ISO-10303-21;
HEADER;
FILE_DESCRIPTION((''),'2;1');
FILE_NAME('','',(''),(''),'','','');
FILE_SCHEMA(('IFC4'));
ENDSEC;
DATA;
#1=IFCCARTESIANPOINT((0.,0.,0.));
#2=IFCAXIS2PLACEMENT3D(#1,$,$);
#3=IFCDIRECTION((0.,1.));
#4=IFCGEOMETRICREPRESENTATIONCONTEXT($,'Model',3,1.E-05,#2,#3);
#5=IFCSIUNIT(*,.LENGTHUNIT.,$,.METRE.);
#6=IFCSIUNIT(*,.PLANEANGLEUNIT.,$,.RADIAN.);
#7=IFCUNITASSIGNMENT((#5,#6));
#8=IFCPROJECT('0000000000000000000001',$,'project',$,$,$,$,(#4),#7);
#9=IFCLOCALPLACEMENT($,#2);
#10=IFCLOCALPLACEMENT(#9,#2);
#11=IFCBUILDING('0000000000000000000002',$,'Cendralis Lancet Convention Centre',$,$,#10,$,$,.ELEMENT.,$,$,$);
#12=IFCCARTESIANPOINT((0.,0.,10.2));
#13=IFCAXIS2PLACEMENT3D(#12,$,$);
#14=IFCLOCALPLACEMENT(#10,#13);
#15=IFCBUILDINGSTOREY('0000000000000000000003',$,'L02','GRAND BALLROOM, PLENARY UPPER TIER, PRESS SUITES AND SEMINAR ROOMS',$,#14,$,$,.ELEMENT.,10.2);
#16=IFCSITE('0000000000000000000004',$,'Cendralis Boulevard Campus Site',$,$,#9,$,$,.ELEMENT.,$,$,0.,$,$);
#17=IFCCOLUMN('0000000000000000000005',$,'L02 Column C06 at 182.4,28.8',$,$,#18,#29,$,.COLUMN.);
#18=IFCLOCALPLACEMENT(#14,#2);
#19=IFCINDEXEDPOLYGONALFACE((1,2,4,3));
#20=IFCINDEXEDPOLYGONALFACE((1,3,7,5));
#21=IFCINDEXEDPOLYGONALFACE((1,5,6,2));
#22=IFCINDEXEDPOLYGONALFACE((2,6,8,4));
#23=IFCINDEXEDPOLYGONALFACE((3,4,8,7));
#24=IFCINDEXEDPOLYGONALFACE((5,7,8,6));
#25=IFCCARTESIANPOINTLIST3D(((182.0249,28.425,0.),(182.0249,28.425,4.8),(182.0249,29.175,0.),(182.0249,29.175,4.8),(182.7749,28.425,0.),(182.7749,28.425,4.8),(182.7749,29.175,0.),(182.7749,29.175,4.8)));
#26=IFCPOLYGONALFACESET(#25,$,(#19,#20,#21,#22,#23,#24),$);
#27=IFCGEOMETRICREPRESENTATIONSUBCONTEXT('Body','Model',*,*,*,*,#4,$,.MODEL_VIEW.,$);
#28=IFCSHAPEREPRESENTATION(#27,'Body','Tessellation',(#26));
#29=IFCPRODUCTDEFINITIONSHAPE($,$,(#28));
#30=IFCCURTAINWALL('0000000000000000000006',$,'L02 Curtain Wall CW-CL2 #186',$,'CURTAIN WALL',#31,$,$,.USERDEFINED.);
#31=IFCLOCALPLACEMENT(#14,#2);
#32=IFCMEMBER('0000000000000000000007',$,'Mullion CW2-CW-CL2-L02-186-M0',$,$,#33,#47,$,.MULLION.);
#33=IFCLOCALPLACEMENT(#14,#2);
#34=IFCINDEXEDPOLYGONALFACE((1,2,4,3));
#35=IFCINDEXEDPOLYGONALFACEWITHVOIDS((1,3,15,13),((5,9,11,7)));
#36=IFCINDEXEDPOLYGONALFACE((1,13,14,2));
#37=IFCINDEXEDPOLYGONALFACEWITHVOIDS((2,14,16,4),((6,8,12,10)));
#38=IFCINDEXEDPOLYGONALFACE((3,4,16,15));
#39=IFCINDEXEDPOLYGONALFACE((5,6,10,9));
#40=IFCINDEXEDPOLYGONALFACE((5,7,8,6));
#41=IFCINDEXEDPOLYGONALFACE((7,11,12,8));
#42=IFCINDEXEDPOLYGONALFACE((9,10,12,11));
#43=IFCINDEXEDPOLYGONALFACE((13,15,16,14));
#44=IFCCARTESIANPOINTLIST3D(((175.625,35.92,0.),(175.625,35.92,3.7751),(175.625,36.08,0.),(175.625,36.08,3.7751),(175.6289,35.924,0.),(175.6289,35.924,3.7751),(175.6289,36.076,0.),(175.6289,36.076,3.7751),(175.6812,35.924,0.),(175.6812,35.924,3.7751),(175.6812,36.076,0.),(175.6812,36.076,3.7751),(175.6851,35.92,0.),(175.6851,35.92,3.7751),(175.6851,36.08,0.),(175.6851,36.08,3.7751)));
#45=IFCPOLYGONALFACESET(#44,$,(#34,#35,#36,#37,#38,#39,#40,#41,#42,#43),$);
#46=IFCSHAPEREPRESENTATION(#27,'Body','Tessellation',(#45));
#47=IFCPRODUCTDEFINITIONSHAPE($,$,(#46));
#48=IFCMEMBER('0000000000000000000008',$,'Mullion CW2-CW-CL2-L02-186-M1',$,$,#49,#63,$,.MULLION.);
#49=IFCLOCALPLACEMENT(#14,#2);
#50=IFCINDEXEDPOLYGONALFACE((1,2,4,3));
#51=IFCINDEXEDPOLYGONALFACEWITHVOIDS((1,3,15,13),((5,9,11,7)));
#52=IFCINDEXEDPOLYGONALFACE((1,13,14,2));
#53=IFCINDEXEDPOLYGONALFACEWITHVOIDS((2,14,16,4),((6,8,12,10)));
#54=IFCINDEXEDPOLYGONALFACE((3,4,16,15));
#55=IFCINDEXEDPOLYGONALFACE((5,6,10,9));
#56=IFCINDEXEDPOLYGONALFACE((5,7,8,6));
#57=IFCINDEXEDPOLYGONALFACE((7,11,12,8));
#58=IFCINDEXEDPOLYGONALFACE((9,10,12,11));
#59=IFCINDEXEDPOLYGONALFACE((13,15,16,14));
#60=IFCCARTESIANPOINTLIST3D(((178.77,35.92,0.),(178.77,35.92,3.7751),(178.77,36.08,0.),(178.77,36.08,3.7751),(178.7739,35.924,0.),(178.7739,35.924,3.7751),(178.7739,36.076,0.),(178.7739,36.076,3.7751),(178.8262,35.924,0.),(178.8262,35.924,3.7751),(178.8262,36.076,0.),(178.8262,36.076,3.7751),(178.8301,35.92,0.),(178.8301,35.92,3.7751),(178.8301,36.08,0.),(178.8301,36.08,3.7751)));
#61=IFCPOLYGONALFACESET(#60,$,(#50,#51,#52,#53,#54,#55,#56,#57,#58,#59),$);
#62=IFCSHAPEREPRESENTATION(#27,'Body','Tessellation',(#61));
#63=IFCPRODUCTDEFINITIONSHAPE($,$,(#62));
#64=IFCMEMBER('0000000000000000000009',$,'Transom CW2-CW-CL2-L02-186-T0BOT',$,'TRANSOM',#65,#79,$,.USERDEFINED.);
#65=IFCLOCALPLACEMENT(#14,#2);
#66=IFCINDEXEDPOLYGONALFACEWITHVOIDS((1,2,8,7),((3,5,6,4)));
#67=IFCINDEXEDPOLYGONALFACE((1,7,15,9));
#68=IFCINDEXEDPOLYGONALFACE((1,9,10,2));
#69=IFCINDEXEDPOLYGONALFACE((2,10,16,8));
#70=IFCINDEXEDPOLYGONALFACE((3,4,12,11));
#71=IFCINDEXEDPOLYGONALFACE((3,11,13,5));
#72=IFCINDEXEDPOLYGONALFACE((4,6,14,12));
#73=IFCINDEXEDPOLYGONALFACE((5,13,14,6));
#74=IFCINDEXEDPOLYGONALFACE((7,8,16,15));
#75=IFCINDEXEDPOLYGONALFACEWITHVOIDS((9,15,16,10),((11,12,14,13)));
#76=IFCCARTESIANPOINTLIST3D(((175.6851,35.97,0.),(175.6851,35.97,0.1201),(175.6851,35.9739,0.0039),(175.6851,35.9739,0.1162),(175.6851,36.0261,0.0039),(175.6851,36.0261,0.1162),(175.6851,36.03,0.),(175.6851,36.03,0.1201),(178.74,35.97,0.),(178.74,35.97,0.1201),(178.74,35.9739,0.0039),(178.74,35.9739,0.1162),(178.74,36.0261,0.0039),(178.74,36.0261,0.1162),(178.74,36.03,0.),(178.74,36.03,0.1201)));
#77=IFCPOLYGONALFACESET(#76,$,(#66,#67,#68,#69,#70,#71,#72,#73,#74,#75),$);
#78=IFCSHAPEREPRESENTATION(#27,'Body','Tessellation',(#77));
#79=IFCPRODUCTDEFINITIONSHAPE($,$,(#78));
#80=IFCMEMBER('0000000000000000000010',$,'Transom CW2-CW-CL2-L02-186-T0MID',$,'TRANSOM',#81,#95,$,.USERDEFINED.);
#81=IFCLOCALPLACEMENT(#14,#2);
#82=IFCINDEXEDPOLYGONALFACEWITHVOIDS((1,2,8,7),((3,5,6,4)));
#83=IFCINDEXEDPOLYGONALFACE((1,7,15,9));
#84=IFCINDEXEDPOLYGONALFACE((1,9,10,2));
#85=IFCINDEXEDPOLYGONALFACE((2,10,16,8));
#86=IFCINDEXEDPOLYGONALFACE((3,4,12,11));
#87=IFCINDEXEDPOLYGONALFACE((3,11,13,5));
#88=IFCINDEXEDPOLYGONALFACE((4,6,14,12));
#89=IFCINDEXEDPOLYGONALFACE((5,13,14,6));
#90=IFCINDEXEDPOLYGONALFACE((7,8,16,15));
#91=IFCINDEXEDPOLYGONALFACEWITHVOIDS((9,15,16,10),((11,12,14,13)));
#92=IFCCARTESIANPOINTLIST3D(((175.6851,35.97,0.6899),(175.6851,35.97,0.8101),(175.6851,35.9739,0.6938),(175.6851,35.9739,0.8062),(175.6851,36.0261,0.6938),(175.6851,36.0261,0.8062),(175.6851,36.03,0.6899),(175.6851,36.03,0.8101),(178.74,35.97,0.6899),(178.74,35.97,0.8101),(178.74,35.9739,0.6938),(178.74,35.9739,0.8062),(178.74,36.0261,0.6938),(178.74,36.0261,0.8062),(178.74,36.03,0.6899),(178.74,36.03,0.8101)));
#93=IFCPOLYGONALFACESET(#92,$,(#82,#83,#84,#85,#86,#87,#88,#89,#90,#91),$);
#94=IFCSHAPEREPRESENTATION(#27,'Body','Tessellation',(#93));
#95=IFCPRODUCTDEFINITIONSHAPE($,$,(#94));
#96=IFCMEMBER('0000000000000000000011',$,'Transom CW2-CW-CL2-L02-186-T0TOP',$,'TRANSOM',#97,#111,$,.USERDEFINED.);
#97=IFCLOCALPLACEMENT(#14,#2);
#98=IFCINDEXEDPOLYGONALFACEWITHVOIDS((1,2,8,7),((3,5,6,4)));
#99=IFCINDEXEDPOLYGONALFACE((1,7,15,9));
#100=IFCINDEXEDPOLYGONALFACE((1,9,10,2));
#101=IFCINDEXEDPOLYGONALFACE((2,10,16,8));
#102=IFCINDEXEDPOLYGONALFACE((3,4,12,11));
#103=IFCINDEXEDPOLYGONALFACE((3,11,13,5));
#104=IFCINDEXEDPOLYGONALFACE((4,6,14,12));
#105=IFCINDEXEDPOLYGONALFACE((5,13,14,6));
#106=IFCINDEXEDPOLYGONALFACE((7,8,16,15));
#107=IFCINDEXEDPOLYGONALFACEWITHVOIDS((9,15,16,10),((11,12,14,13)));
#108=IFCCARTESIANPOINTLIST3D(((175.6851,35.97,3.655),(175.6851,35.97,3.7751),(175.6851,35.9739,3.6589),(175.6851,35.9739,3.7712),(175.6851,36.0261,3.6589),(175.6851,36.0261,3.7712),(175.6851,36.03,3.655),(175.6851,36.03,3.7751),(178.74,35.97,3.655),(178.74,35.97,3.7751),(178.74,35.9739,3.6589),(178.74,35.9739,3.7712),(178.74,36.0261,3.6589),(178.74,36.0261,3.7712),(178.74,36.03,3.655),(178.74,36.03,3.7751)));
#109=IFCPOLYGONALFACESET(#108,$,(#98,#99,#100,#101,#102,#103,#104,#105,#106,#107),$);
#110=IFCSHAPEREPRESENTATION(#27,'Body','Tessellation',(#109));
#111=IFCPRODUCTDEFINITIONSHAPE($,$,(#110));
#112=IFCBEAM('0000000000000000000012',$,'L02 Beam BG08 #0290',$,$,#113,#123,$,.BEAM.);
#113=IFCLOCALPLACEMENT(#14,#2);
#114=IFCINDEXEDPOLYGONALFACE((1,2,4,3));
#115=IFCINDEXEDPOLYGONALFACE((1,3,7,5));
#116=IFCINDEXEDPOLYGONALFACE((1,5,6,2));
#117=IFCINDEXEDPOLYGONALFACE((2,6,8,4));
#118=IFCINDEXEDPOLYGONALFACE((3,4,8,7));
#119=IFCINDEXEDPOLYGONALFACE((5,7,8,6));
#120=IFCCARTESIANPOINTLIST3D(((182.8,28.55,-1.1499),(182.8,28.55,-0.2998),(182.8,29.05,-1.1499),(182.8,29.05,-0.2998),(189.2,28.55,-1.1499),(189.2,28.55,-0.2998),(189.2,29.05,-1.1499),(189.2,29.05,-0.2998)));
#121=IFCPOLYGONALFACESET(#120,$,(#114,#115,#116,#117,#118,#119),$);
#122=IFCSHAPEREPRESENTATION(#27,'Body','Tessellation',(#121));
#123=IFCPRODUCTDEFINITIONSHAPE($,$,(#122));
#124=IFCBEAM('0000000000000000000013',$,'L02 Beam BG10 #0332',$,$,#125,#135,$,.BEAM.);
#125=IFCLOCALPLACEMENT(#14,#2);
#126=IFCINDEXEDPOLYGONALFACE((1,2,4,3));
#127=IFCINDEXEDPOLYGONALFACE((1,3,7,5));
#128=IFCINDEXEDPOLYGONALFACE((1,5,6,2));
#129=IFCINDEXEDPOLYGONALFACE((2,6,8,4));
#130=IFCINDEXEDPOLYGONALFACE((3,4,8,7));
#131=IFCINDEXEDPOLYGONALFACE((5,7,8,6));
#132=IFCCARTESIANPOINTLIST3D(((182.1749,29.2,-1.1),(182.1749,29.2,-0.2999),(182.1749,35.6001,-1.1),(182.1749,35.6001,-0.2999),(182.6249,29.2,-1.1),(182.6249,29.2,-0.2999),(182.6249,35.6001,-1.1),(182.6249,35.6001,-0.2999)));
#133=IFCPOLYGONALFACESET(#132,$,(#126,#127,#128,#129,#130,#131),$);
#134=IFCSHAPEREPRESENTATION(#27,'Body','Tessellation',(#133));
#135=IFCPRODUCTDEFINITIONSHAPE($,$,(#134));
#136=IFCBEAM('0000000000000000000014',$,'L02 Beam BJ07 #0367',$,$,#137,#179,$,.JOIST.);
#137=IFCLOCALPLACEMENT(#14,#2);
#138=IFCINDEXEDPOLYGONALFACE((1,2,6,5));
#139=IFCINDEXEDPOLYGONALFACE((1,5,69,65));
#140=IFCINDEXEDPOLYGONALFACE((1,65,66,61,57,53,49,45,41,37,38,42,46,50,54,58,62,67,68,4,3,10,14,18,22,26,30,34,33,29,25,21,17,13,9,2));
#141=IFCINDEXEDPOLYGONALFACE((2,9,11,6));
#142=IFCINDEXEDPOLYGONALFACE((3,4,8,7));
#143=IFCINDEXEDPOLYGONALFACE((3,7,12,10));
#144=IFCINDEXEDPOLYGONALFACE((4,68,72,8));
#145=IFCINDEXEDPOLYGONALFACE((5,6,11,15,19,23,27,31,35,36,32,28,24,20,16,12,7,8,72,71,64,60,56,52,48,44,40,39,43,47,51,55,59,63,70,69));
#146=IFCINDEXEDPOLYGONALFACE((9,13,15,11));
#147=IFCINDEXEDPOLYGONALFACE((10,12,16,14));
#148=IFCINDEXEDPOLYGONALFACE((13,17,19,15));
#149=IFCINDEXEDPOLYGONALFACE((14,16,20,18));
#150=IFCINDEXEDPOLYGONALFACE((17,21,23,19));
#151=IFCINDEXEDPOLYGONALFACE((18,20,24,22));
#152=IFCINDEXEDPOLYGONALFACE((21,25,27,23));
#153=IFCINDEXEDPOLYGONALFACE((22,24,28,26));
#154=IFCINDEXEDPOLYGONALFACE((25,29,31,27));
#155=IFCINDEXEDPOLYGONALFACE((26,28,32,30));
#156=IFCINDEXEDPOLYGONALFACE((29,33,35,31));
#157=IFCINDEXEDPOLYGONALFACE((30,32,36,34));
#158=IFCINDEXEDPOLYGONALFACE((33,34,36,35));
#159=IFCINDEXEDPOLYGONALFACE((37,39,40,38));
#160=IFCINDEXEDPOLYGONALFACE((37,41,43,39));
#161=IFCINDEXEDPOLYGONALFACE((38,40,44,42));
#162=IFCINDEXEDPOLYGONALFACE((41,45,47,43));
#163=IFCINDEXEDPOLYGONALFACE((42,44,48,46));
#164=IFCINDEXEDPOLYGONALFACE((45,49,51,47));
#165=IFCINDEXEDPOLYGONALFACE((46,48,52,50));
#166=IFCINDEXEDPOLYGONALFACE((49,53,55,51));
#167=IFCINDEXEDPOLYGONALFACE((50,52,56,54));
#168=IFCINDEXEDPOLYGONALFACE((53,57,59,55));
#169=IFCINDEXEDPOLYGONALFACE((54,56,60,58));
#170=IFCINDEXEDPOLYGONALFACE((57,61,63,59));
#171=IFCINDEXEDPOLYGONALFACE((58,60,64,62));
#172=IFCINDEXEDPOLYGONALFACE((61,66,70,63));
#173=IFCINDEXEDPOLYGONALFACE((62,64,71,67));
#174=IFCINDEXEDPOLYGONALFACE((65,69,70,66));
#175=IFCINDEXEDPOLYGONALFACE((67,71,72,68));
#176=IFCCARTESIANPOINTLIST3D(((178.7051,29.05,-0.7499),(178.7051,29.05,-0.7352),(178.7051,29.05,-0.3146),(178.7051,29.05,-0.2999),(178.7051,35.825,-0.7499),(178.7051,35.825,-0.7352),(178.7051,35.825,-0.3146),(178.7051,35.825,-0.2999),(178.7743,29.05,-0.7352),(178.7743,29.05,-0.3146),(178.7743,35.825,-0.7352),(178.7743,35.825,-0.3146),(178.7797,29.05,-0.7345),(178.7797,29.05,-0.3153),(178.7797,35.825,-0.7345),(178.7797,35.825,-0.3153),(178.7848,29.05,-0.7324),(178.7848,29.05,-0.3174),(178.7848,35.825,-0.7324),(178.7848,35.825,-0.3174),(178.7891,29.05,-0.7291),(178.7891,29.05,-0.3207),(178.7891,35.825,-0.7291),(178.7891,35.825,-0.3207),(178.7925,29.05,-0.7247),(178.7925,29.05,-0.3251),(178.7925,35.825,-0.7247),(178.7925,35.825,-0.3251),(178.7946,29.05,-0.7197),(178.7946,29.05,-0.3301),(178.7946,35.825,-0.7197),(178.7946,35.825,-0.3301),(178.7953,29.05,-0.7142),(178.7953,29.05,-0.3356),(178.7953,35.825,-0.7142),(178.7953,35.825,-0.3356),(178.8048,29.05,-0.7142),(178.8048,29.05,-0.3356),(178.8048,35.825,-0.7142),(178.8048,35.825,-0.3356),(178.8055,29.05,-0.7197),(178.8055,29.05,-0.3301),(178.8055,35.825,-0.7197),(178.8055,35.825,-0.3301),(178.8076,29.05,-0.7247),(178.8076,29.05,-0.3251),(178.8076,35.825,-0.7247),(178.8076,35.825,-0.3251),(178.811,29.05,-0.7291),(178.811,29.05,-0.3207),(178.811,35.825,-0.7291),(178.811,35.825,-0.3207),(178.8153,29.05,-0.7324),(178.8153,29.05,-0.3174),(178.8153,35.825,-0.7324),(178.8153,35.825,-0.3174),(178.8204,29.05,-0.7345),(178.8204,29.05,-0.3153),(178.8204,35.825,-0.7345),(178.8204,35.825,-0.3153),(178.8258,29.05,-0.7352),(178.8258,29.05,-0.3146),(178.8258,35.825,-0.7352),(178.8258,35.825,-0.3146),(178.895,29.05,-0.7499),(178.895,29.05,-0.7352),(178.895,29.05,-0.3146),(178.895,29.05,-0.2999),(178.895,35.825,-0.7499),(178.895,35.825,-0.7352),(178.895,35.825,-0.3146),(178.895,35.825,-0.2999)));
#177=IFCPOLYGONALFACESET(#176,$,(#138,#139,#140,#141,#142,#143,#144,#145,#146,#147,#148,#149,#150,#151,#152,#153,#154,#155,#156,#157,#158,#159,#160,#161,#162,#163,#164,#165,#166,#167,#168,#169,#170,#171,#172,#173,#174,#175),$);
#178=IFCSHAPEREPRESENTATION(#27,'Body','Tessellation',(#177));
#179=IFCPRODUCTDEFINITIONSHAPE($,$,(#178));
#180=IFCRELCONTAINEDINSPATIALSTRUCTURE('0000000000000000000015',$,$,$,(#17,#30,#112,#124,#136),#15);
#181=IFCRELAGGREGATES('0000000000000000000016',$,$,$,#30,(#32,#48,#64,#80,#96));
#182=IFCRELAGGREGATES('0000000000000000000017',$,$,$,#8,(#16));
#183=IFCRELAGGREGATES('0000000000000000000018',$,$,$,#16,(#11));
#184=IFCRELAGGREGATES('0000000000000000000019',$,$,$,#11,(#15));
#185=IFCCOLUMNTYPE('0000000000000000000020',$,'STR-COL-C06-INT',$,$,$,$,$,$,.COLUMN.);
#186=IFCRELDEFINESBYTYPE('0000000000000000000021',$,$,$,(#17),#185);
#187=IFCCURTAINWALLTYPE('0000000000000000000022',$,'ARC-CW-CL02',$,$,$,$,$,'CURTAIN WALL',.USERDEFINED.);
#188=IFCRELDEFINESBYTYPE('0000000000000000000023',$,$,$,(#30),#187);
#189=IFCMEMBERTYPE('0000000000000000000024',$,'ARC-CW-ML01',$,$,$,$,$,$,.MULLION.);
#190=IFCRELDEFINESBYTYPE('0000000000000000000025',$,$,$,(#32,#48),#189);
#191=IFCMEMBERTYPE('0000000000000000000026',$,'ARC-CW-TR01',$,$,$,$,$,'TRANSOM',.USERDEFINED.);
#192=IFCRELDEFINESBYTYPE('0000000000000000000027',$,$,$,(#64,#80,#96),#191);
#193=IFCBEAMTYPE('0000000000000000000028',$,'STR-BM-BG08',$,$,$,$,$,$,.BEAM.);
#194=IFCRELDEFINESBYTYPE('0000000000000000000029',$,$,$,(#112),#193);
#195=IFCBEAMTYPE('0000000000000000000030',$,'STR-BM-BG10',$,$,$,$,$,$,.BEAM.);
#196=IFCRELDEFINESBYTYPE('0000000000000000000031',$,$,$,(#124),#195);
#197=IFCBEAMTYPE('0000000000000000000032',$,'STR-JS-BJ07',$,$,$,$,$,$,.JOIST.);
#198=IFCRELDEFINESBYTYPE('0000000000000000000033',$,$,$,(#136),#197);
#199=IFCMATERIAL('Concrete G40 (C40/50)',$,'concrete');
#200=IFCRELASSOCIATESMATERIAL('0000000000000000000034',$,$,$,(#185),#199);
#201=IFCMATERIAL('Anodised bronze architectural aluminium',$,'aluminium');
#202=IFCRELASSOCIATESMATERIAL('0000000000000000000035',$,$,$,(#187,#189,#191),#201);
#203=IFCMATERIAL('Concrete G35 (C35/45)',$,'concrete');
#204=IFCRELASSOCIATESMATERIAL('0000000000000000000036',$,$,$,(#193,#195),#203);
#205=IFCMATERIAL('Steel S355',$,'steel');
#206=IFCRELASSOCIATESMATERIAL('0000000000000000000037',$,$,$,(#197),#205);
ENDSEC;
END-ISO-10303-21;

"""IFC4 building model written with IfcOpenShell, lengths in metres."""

from ifc_helpers import new_model, si_unit, direction, frame, origin, origin_2d, place, context, subcontext, project, spatial, rectangle, hollow_rectangle, i_section, extrude, material, material_profile, profile_set, type_object, element, aggregate, save


model = new_model("IFC4")

# Units and contexts
model_context = context("Model", 3, precision=1e-05, world=origin(), true_north=direction((0.0, 1.0)))
body_context = subcontext(model_context, "Body", "Model", "MODEL_VIEW")
ifc_project = project(units=[si_unit("LENGTHUNIT", "METRE"), si_unit("PLANEANGLEUNIT", "RADIAN")], contexts=[model_context])

# Site, building, storey
site_placement = place(None, origin())
site = spatial("IfcSite", under=ifc_project, at=site_placement, Name="Cendralis Boulevard Campus Site", CompositionType="ELEMENT", RefElevation=0.0)
building_placement = place(site_placement, origin())
building = spatial("IfcBuilding", under=site, at=building_placement, Name="Cendralis Lancet Convention Centre", CompositionType="ELEMENT")
storey_placement = place(building_placement, frame((0.0, 0.0, 10.2)))
storey = spatial("IfcBuildingStorey", under=building, at=storey_placement, Name="L02", Description="GRAND BALLROOM, PLENARY UPPER TIER, PRESS SUITES AND SEMINAR ROOMS", CompositionType="ELEMENT", Elevation=10.2)

# Column
ifc_material_1 = material(Name="Concrete G40 (C40/50)", Category="concrete")
ifc_material_profile_1 = material_profile(ifc_material_1, rectangle(XDim=0.75, YDim=0.75, at=origin_2d()), Name="RC 750x750")
ifc_profile_set_1 = profile_set([ifc_material_profile_1], Name="Concrete G40 (C40/50)")
column_type = type_object("IfcColumnType", Name="STR-COL-C06-INT", PredefinedType="COLUMN", material=ifc_profile_set_1)
column_placement = place(storey_placement, frame((182.3999, 28.8, 0.0), z_axis=(0.0, 0.0, 1.0), x_axis=(1.0, 0.0, 0.0)))
element("IfcColumn", 1, at=column_placement, inside=storey, type_object=column_type, Name="L02 Column C06 at 182.4,28.8", PredefinedType="COLUMN", context=body_context, shape_type="SweptSolid", body=[
    extrude(rectangle(XDim=0.75, YDim=0.75, at=origin_2d()), origin(), (0.0, 0.0, 1.0), 4.8),
])

# Curtain wall, members
ifc_material_2 = material(Name="Anodised bronze architectural aluminium", Category="aluminium")
curtain_wall_type = type_object("IfcCurtainWallType", Name="ARC-CW-CL02", ElementType="CURTAIN WALL", PredefinedType="USERDEFINED", material=ifc_material_2)
curtain_wall_placement = place(storey_placement, origin())
curtain_wall = element("IfcCurtainWall", 2, at=curtain_wall_placement, inside=storey, type_object=curtain_wall_type, Name="L02 Curtain Wall CW-CL2 #186", ObjectType="CURTAIN WALL", PredefinedType="USERDEFINED")
ifc_material_profile_2 = material_profile(ifc_material_2, hollow_rectangle(XDim=0.0601, YDim=0.1599, WallThickness=0.0039, at=origin_2d()), Name="AL-MULL 60x160x4.0")
ifc_profile_set_2 = profile_set([ifc_material_profile_2], Name="Anodised bronze architectural aluminium")
member_type_1 = type_object("IfcMemberType", Name="ARC-CW-ML01", PredefinedType="MULLION", material=ifc_profile_set_2)
member_1_placement = place(storey_placement, frame((175.655, 36.0, 0.0), z_axis=(0.0, 0.0, 1.0), x_axis=(1.0, 0.0, 0.0)))
member_1 = element("IfcMember", 3, at=member_1_placement, type_object=member_type_1, Name="Mullion CW2-CW-CL2-L02-186-M0", PredefinedType="MULLION", context=body_context, shape_type="SweptSolid", body=[
    extrude(hollow_rectangle(XDim=0.0601, YDim=0.1599, WallThickness=0.0039, at=origin_2d()), origin(), (0.0, 0.0, 1.0), 3.7751),
])
member_2_placement = place(storey_placement, frame((178.8, 36.0, 0.0), z_axis=(0.0, 0.0, 1.0), x_axis=(1.0, 0.0, 0.0)))
member_2 = element("IfcMember", 4, at=member_2_placement, type_object=member_type_1, Name="Mullion CW2-CW-CL2-L02-186-M1", PredefinedType="MULLION", context=body_context, shape_type="SweptSolid", body=[
    extrude(hollow_rectangle(XDim=0.0601, YDim=0.1599, WallThickness=0.0039, at=origin_2d()), origin(), (0.0, 0.0, 1.0), 3.7751),
])
ifc_material_profile_3 = material_profile(ifc_material_2, hollow_rectangle(XDim=0.0601, YDim=0.1201, WallThickness=0.0039, at=origin_2d()), Name="AL-TRAN 60x120x4.0")
ifc_profile_set_3 = profile_set([ifc_material_profile_3], Name="Anodised bronze architectural aluminium")
member_type_2 = type_object("IfcMemberType", Name="ARC-CW-TR01", ElementType="TRANSOM", PredefinedType="USERDEFINED", material=ifc_profile_set_3)
member_3_placement = place(storey_placement, frame((175.6851, 36.0, 0.0601), z_axis=(1.0, 0.0, 0.0), x_axis=(0.0, 1.0, 0.0)))
member_3 = element("IfcMember", 5, at=member_3_placement, type_object=member_type_2, Name="Transom CW2-CW-CL2-L02-186-T0BOT", ObjectType="TRANSOM", PredefinedType="USERDEFINED", context=body_context, shape_type="SweptSolid", body=[
    extrude(hollow_rectangle(XDim=0.0601, YDim=0.1201, WallThickness=0.0039, at=origin_2d()), origin(), (0.0, 0.0, 1.0), 3.0549),
])
member_4_placement = place(storey_placement, frame((175.6851, 36.0, 0.75), z_axis=(1.0, 0.0, 0.0), x_axis=(0.0, 1.0, 0.0)))
member_4 = element("IfcMember", 6, at=member_4_placement, type_object=member_type_2, Name="Transom CW2-CW-CL2-L02-186-T0MID", ObjectType="TRANSOM", PredefinedType="USERDEFINED", context=body_context, shape_type="SweptSolid", body=[
    extrude(hollow_rectangle(XDim=0.0601, YDim=0.1201, WallThickness=0.0039, at=origin_2d()), origin(), (0.0, 0.0, 1.0), 3.0549),
])
member_5_placement = place(storey_placement, frame((175.6851, 36.0, 3.7151), z_axis=(1.0, 0.0, 0.0), x_axis=(0.0, 1.0, 0.0)))
member_5 = element("IfcMember", 7, at=member_5_placement, type_object=member_type_2, Name="Transom CW2-CW-CL2-L02-186-T0TOP", ObjectType="TRANSOM", PredefinedType="USERDEFINED", context=body_context, shape_type="SweptSolid", body=[
    extrude(hollow_rectangle(XDim=0.0601, YDim=0.1201, WallThickness=0.0039, at=origin_2d()), origin(), (0.0, 0.0, 1.0), 3.0549),
])

# Beams
ifc_material_3 = material(Name="Concrete G35 (C35/45)", Category="concrete")
ifc_material_profile_4 = material_profile(ifc_material_3, rectangle(XDim=0.5, YDim=0.8501, at=origin_2d()), Name="RCB 500x850")
ifc_profile_set_4 = profile_set([ifc_material_profile_4], Name="Concrete G35 (C35/45)")
beam_type_1 = type_object("IfcBeamType", Name="STR-BM-BG08", PredefinedType="BEAM", material=ifc_profile_set_4)
beam_1_placement = place(storey_placement, frame((182.8, 28.8, -0.7249), z_axis=(1.0, 0.0, 0.0), x_axis=(0.0, 1.0, 0.0)))
element("IfcBeam", 8, at=beam_1_placement, inside=storey, type_object=beam_type_1, Name="L02 Beam BG08 #0290", PredefinedType="BEAM", context=body_context, shape_type="SweptSolid", body=[
    extrude(rectangle(XDim=0.5, YDim=0.8501, at=origin_2d()), origin(), (0.0, 0.0, 1.0), 6.3999),
])
ifc_material_profile_5 = material_profile(ifc_material_3, rectangle(XDim=0.45, YDim=0.8, at=origin_2d()), Name="RCB 450x800")
ifc_profile_set_5 = profile_set([ifc_material_profile_5], Name="Concrete G35 (C35/45)")
beam_type_2 = type_object("IfcBeamType", Name="STR-BM-BG10", PredefinedType="BEAM", material=ifc_profile_set_5)
beam_2_placement = place(storey_placement, frame((182.3999, 29.2, -0.7), z_axis=(0.0, 1.0, 0.0), x_axis=(-1.0, 0.0, 0.0)))
element("IfcBeam", 9, at=beam_2_placement, inside=storey, type_object=beam_type_2, Name="L02 Beam BG10 #0332", PredefinedType="BEAM", context=body_context, shape_type="SweptSolid", body=[
    extrude(rectangle(XDim=0.45, YDim=0.8, at=origin_2d()), origin(), (0.0, 0.0, 1.0), 6.4001),
])
ifc_material_4 = material(Name="Steel S355", Category="steel")
ifc_material_profile_6 = material_profile(ifc_material_4, i_section(OverallWidth=0.1899, OverallDepth=0.45, WebThickness=0.0095, FlangeThickness=0.0146, FilletRadius=0.021, at=origin_2d()), Name="IPE 450")
ifc_profile_set_6 = profile_set([ifc_material_profile_6], Name="Steel S355")
beam_type_3 = type_object("IfcBeamType", Name="STR-JS-BJ07", PredefinedType="JOIST", material=ifc_profile_set_6)
for number, where, z_axis, x_axis, name in (
    (10, (178.8, 29.05, -0.5249), (0.0, 1.0, 0.0), (-1.0, 0.0, 0.0), "L02 Beam BJ07 #0367"),
):
    element("IfcBeam", number, at=place(storey_placement, frame(where, z_axis=z_axis, x_axis=x_axis)), inside=storey, type_object=beam_type_3, Name=name, PredefinedType="JOIST", context=body_context, shape_type="SweptSolid", body=[
        extrude(i_section(OverallWidth=0.1899, OverallDepth=0.45, WebThickness=0.0095, FlangeThickness=0.0146, FilletRadius=0.021, at=origin_2d()), origin(), (0.0, 0.0, 1.0), 6.7749),
    ])

aggregate(curtain_wall, [member_1, member_2, member_3, member_4, member_5])

save(model, "model.ifc")
